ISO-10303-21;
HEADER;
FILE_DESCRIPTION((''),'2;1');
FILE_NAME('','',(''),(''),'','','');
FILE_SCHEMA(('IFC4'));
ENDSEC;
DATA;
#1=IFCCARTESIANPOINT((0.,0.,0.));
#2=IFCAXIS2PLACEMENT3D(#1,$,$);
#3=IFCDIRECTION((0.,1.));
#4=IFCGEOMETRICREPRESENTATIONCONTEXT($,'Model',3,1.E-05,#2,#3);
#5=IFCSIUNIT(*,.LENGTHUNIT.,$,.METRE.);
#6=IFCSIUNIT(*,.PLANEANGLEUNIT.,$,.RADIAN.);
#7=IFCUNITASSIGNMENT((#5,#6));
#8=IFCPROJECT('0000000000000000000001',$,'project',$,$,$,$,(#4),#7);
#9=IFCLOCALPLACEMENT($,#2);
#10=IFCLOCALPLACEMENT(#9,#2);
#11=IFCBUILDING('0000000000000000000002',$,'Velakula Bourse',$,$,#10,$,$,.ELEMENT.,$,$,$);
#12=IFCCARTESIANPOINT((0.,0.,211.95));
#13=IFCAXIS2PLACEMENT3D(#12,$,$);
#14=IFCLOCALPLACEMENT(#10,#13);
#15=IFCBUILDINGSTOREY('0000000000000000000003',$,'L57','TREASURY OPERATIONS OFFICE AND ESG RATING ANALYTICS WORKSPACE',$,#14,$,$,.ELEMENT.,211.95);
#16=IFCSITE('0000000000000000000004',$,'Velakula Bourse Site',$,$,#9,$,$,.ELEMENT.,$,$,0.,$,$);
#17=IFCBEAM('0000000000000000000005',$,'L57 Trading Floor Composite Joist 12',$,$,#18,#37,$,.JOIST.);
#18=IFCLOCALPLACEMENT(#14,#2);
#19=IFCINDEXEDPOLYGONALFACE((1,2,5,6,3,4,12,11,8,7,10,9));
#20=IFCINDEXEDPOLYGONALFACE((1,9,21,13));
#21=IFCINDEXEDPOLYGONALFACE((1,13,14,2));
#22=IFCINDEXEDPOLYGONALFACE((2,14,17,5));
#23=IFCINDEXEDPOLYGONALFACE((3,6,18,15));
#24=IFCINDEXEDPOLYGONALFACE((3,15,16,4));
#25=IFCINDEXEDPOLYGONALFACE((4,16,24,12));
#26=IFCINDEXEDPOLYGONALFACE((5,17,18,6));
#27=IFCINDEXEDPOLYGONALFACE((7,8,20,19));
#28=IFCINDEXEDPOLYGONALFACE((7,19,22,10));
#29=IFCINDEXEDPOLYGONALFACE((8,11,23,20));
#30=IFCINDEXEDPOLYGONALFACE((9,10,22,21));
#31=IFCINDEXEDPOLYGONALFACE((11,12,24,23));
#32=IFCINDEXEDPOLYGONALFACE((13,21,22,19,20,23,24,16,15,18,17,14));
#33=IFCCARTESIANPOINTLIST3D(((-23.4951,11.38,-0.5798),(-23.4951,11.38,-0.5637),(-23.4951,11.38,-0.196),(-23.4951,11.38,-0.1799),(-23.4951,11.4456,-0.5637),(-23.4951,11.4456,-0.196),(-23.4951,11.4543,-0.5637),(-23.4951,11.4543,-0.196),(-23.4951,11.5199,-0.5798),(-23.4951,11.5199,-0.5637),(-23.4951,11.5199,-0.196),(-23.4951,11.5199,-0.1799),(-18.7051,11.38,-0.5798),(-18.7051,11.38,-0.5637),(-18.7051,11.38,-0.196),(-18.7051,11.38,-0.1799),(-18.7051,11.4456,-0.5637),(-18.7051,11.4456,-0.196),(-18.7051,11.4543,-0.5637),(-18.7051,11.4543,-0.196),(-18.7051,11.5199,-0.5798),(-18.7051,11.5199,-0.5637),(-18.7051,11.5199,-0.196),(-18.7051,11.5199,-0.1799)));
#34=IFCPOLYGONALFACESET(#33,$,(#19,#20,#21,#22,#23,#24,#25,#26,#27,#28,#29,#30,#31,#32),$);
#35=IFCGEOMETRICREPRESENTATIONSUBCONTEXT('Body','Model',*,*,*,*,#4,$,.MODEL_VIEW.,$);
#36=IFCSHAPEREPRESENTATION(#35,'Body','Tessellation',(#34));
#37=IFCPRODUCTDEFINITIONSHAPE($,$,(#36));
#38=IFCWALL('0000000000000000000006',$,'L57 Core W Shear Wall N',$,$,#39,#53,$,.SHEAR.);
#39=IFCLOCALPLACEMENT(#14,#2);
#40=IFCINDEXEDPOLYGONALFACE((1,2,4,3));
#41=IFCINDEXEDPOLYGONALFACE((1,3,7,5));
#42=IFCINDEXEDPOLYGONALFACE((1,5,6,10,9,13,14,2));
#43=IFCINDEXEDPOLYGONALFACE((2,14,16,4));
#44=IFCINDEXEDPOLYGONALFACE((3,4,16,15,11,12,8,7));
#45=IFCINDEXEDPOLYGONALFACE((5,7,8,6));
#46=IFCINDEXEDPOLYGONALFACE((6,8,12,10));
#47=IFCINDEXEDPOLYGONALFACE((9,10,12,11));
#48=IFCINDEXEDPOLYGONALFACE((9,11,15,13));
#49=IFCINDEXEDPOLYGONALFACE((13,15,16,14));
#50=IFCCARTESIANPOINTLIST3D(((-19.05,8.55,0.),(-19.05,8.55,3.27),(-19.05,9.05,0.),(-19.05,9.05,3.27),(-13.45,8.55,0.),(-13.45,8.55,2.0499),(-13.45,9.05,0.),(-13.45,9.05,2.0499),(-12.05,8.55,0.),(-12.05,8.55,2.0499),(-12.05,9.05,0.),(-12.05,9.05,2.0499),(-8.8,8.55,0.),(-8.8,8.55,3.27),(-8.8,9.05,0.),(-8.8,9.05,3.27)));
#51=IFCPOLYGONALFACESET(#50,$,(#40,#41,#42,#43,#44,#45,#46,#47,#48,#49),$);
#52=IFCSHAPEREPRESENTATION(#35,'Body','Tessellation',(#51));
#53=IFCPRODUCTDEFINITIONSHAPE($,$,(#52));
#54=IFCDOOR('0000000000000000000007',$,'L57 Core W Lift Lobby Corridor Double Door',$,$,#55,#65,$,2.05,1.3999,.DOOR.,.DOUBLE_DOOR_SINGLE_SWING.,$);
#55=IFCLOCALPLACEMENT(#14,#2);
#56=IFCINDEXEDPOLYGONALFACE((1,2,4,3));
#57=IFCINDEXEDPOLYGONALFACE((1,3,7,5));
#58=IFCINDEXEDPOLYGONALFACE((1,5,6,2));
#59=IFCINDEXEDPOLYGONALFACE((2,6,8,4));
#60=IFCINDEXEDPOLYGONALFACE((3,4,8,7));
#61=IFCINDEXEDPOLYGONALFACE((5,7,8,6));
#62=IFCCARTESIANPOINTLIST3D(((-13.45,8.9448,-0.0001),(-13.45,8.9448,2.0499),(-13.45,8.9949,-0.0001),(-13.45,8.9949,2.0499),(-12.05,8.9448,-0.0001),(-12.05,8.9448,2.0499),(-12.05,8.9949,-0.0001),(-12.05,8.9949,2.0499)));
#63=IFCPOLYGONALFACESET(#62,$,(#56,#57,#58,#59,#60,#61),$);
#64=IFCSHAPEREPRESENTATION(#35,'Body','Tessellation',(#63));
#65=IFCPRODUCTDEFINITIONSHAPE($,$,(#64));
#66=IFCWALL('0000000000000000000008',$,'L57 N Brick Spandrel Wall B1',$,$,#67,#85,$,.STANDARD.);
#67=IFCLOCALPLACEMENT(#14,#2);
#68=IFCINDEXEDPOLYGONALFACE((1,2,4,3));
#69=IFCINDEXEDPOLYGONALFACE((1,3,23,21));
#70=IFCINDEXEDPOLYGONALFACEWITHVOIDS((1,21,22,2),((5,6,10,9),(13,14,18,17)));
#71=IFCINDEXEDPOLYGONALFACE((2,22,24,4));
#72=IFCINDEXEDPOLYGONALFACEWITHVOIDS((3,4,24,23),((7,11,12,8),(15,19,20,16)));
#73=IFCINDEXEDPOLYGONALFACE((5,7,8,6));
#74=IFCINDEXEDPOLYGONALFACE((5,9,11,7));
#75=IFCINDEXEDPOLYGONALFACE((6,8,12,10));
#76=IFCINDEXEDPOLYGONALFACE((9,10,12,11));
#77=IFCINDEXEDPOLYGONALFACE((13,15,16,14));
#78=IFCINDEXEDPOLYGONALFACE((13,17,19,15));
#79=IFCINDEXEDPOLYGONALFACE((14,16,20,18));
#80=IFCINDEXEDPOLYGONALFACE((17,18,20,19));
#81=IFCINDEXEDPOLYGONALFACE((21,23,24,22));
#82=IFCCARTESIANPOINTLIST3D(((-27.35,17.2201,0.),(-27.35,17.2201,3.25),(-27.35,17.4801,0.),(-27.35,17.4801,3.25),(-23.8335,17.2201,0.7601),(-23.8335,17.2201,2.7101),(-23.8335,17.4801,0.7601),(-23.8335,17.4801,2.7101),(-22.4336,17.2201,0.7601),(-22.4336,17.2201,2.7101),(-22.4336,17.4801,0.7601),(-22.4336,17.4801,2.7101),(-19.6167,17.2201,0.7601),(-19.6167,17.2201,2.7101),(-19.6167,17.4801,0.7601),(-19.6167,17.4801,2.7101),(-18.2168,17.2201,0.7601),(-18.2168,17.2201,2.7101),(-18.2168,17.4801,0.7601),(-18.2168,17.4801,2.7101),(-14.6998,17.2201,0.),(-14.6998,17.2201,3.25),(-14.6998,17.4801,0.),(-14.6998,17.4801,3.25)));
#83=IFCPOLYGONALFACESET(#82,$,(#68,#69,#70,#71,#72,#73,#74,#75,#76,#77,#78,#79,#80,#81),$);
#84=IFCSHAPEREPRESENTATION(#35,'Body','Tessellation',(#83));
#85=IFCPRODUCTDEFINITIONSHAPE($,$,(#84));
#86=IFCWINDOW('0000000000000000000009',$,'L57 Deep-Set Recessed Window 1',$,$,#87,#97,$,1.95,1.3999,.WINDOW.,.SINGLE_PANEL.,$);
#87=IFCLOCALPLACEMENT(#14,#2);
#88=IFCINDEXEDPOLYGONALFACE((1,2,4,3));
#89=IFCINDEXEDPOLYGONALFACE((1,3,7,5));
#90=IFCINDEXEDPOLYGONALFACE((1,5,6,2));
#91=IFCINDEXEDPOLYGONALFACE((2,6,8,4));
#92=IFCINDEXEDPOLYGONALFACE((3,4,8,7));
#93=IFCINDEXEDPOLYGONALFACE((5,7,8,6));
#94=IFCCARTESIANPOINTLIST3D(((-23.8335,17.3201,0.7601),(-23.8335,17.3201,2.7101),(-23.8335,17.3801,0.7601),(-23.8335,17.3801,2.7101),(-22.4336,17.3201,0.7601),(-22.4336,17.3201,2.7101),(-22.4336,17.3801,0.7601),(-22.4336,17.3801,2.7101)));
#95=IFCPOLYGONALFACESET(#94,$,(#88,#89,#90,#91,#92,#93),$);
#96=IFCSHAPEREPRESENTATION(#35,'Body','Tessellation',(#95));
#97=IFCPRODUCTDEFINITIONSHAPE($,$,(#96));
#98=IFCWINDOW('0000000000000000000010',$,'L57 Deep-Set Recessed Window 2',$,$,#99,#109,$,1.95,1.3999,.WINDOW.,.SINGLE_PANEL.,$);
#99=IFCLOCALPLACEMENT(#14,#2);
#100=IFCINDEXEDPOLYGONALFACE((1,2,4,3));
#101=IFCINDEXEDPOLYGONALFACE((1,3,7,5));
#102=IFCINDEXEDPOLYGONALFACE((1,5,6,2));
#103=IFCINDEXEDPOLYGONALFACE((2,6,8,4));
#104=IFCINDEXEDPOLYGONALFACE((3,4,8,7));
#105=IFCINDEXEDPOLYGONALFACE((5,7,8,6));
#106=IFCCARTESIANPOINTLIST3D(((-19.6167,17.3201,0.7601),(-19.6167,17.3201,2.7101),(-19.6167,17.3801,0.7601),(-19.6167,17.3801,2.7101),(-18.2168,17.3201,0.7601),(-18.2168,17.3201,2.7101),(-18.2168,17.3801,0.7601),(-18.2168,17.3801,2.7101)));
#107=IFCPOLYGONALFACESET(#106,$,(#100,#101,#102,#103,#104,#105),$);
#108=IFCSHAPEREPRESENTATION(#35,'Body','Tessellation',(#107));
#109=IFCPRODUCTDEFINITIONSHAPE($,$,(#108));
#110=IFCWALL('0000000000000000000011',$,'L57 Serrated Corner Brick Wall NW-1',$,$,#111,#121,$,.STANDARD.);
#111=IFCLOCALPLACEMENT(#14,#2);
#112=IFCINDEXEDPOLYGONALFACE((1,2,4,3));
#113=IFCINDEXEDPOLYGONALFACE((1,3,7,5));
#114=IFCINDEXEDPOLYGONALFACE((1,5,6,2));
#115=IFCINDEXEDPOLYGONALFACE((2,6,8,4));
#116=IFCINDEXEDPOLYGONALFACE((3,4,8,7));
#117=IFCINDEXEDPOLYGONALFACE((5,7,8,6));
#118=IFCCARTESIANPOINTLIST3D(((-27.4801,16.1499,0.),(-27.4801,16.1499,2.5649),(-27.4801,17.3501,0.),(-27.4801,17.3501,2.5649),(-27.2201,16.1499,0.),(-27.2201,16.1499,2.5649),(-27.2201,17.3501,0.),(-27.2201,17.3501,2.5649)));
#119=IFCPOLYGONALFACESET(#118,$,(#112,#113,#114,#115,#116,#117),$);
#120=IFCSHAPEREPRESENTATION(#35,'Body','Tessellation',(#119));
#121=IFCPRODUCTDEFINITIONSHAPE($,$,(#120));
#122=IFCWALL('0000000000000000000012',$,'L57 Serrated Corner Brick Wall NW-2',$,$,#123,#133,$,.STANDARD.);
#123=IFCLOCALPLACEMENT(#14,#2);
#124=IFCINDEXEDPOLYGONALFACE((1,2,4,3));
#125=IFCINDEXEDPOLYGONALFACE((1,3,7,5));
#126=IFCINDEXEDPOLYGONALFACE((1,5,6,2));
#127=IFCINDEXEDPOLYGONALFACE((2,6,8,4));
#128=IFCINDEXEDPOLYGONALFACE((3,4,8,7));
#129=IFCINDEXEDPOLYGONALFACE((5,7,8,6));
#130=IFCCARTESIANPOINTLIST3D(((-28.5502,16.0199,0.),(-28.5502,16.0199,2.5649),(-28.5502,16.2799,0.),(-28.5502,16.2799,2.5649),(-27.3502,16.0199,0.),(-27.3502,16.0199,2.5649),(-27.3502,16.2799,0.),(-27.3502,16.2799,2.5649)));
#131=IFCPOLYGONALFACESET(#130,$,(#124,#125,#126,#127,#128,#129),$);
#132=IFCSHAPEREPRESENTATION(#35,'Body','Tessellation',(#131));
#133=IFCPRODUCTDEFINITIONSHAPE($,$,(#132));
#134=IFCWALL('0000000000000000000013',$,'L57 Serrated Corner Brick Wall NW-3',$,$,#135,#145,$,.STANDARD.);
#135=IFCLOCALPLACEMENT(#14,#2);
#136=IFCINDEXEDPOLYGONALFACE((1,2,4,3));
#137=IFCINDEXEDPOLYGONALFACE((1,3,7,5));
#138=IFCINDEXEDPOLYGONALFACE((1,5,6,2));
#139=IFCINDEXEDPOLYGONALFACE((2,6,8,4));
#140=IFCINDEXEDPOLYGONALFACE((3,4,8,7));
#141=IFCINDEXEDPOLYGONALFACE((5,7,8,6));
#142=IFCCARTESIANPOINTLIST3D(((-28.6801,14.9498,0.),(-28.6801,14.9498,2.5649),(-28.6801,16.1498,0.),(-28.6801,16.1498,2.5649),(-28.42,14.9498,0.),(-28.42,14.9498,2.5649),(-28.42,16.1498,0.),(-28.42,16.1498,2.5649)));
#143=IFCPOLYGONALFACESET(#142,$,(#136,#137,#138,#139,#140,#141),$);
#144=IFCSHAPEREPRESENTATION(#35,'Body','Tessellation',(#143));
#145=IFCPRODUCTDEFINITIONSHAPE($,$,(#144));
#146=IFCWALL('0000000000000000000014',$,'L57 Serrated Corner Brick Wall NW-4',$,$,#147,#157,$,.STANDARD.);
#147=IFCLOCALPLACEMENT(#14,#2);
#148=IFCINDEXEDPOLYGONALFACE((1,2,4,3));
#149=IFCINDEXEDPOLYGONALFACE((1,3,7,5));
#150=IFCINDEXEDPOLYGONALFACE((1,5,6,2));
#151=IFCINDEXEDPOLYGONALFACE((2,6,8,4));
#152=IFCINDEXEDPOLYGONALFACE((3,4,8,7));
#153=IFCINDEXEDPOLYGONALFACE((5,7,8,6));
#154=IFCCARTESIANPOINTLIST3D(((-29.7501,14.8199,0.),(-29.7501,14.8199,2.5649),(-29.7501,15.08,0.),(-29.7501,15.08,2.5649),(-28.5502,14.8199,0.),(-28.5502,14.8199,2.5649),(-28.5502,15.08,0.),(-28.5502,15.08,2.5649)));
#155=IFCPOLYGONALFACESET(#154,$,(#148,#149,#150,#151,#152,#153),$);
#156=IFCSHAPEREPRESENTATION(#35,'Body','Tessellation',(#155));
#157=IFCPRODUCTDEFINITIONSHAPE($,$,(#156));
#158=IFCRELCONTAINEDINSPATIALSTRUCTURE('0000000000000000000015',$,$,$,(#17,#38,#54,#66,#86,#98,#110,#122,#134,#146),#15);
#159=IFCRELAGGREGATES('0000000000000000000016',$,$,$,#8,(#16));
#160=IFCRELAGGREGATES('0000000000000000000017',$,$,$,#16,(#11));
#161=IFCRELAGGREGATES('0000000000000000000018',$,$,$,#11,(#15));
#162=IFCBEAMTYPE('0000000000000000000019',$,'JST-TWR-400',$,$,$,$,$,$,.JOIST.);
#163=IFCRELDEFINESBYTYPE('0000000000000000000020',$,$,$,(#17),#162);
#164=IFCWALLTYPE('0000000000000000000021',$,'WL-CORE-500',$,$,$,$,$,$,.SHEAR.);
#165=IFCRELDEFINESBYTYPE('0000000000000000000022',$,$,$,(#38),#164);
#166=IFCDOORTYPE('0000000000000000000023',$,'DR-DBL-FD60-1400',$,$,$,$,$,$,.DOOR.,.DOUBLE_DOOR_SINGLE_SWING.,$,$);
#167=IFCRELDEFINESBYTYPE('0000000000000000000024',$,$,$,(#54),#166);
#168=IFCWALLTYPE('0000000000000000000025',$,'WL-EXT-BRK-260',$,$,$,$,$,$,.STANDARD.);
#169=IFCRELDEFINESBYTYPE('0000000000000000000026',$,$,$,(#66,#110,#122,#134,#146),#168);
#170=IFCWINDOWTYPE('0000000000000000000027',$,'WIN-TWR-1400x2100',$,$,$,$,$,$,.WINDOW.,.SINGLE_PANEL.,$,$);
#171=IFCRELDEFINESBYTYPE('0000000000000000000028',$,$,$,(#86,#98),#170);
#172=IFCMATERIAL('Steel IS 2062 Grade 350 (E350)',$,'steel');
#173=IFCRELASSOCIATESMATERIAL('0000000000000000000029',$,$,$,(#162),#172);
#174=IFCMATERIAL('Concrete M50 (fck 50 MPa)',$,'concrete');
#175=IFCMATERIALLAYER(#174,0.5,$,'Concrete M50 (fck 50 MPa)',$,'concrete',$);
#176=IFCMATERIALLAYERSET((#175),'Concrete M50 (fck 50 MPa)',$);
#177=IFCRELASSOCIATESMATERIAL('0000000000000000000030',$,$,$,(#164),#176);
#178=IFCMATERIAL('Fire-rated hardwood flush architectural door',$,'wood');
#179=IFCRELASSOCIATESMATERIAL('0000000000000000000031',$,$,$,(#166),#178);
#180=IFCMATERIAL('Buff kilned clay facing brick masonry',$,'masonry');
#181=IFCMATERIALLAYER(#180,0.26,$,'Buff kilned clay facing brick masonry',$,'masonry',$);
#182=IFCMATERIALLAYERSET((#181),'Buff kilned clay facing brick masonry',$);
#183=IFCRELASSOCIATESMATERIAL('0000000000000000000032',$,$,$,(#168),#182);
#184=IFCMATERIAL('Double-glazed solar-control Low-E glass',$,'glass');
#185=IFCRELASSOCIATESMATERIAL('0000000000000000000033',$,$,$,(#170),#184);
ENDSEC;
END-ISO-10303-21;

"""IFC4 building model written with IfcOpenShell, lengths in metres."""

from ifc_helpers import new_model, si_unit, direction, frame, frame_2d, origin, origin_2d, place, context, subcontext, project, spatial, rectangle, i_section, extrude, material, layer, layer_set, material_profile, profile_set, type_object, element, fill, save


model = new_model("IFC4")

# Units and contexts
model_context = context("Model", 3, precision=1e-05, world=origin(), true_north=direction((0.0, 1.0)))
body_context = subcontext(model_context, "Body", "Model", "MODEL_VIEW")
ifc_project = project(units=[si_unit("LENGTHUNIT", "METRE"), si_unit("PLANEANGLEUNIT", "RADIAN")], contexts=[model_context])

# Site, building, storey
site_placement = place(None, origin())
site = spatial("IfcSite", under=ifc_project, at=site_placement, Name="Velakula Bourse Site", CompositionType="ELEMENT", RefElevation=0.0)
building_placement = place(site_placement, origin())
building = spatial("IfcBuilding", under=site, at=building_placement, Name="Velakula Bourse", CompositionType="ELEMENT")
storey_placement = place(building_placement, frame((0.0, 0.0, 211.95)))
storey = spatial("IfcBuildingStorey", under=building, at=storey_placement, Name="L57", Description="TREASURY OPERATIONS OFFICE AND ESG RATING ANALYTICS WORKSPACE", CompositionType="ELEMENT", Elevation=211.95)

# Shared definitions
ifc_material_1 = material(Name="Steel IS 2062 Grade 350 (E350)", Category="steel")

# Beam
ifc_material_profile_1 = material_profile(ifc_material_1, i_section(OverallWidth=0.1399, OverallDepth=0.3999, WebThickness=0.0088, FlangeThickness=0.0161, at=origin_2d()), Name="Steel IS 2062 Grade 350 (E350)")
ifc_profile_set_1 = profile_set([ifc_material_profile_1], Name="Steel IS 2062 Grade 350 (E350)")
beam_type_1 = type_object("IfcBeamType", Name="JST-TWR-400", PredefinedType="JOIST", material=ifc_profile_set_1)
beam_1_placement = place(storey_placement, frame((-23.4951, 11.45, -0.3799), z_axis=(1.0, 0.0, 0.0), x_axis=(0.0, 1.0, 0.0)))
element("IfcBeam", 1, at=beam_1_placement, inside=storey, type_object=beam_type_1, Name="L57 Trading Floor Composite Joist 12", PredefinedType="JOIST", context=body_context, shape_type="SweptSolid", body=[
    extrude(i_section(OverallWidth=0.1399, OverallDepth=0.3999, WebThickness=0.0088, FlangeThickness=0.0161, at=origin_2d()), origin(), (0.0, 0.0, 1.0), 4.79),
])

# Wall, opening, door
ifc_material_2 = material(Name="Concrete M50 (fck 50 MPa)", Category="concrete")
ifc_layer_1 = layer(ifc_material_2, 0.5, Name="Concrete M50 (fck 50 MPa)", Category="concrete")
ifc_layer_set_1 = layer_set([ifc_layer_1], Name="Concrete M50 (fck 50 MPa)")
wall_type_1 = type_object("IfcWallType", Name="WL-CORE-500", PredefinedType="SHEAR", material=ifc_layer_set_1)
wall_1_placement = place(storey_placement, frame((-19.05, 8.8, 0.0), z_axis=(0.0, 0.0, 1.0), x_axis=(1.0, 0.0, 0.0)))
wall_1 = element("IfcWall", 2, at=wall_1_placement, inside=storey, type_object=wall_type_1, Name="L57 Core W Shear Wall N", PredefinedType="SHEAR", context=body_context, shape_type="SweptSolid", body=[
    extrude(rectangle(XDim=10.25, YDim=0.5, at=frame_2d((5.125, 0.0))), origin(), (0.0, 0.0, 1.0), 3.27),
])
opening_1_placement = place(wall_1_placement, frame((5.6001, 0.0, 0.0)))
opening_1 = element("IfcOpeningElement", 3, at=opening_1_placement, cuts=wall_1, PredefinedType="OPENING", context=body_context, shape_type="SweptSolid", body=[
    extrude(rectangle(XDim=1.3999, YDim=2.05, at=frame_2d((0.7, 1.0249))), frame((0.0, 0.26, 0.0), z_axis=(0.0, -1.0, 0.0), x_axis=(1.0, 0.0, 0.0)), (0.0, 0.0, 1.0), 0.52),
])
ifc_material_3 = material(Name="Fire-rated hardwood flush architectural door", Category="wood")
door_type_1 = type_object("IfcDoorType", Name="DR-DBL-FD60-1400", OperationType="DOUBLE_DOOR_SINGLE_SWING", PredefinedType="DOOR", material=ifc_material_3)
door_1_placement = place(opening_1_placement, origin())
door_1 = element("IfcDoor", 4, at=door_1_placement, inside=storey, type_object=door_type_1, Name="L57 Core W Lift Lobby Corridor Double Door", OperationType="DOUBLE_DOOR_SINGLE_SWING", OverallHeight=2.05, OverallWidth=1.3999, PredefinedType="DOOR", context=body_context, shape_type="SweptSolid", body=[
    extrude(rectangle(XDim=1.3999, YDim=2.05, at=frame_2d((0.7, 1.0249))), frame((0.0, 0.1948, 0.0), z_axis=(0.0, -1.0, 0.0), x_axis=(1.0, 0.0, 0.0)), (0.0, 0.0, 1.0), 0.05),
])
fill(opening_1, door_1)

# Wall, openings, windows
ifc_material_4 = material(Name="Buff kilned clay facing brick masonry", Category="masonry")
ifc_layer_2 = layer(ifc_material_4, 0.26, Name="Buff kilned clay facing brick masonry", Category="masonry")
ifc_layer_set_2 = layer_set([ifc_layer_2], Name="Buff kilned clay facing brick masonry")
wall_type_2 = type_object("IfcWallType", Name="WL-EXT-BRK-260", PredefinedType="STANDARD", material=ifc_layer_set_2)
wall_2_placement = place(storey_placement, frame((-27.3501, 17.3501, 0.0), z_axis=(0.0, 0.0, 1.0), x_axis=(1.0, 0.0, 0.0)))
wall_2 = element("IfcWall", 5, at=wall_2_placement, inside=storey, type_object=wall_type_2, Name="L57 N Brick Spandrel Wall B1", PredefinedType="STANDARD", context=body_context, shape_type="SweptSolid", body=[
    extrude(rectangle(XDim=12.6501, YDim=0.26, at=frame_2d((6.3252, 0.0))), origin(), (0.0, 0.0, 1.0), 3.25),
])
opening_2_placement = place(wall_2_placement, frame((3.5166, 0.0, 0.76)))
opening_2 = element("IfcOpeningElement", 6, at=opening_2_placement, cuts=wall_2, PredefinedType="OPENING", context=body_context, shape_type="SweptSolid", body=[
    extrude(rectangle(XDim=1.3999, YDim=1.95, at=frame_2d((0.7, 0.9751))), frame((0.0, 0.1399, 0.0), z_axis=(0.0, -1.0, 0.0), x_axis=(1.0, 0.0, 0.0)), (0.0, 0.0, 1.0), 0.28),
])
opening_3_placement = place(wall_2_placement, frame((7.7334, 0.0, 0.76)))
opening_3 = element("IfcOpeningElement", 7, at=opening_3_placement, cuts=wall_2, PredefinedType="OPENING", context=body_context, shape_type="SweptSolid", body=[
    extrude(rectangle(XDim=1.3999, YDim=1.95, at=frame_2d((0.7, 0.9751))), frame((0.0, 0.1399, 0.0), z_axis=(0.0, -1.0, 0.0), x_axis=(1.0, 0.0, 0.0)), (0.0, 0.0, 1.0), 0.28),
])
ifc_material_5 = material(Name="Double-glazed solar-control Low-E glass", Category="glass")
window_type = type_object("IfcWindowType", Name="WIN-TWR-1400x2100", PartitioningType="SINGLE_PANEL", PredefinedType="WINDOW", material=ifc_material_5)
window_1_placement = place(opening_2_placement, origin())
window_1 = element("IfcWindow", 8, at=window_1_placement, inside=storey, type_object=window_type, Name="L57 Deep-Set Recessed Window 1", OverallHeight=1.95, OverallWidth=1.3999, PartitioningType="SINGLE_PANEL", PredefinedType="WINDOW", context=body_context, shape_type="SweptSolid", body=[
    extrude(rectangle(XDim=1.3999, YDim=1.95, at=frame_2d((0.7, 0.9751))), frame((0.0, 0.03, 0.0), z_axis=(0.0, -1.0, 0.0), x_axis=(1.0, 0.0, 0.0)), (0.0, 0.0, 1.0), 0.0601),
])
fill(opening_2, window_1)
window_2_placement = place(opening_3_placement, origin())
window_2 = element("IfcWindow", 9, at=window_2_placement, inside=storey, type_object=window_type, Name="L57 Deep-Set Recessed Window 2", OverallHeight=1.95, OverallWidth=1.3999, PartitioningType="SINGLE_PANEL", PredefinedType="WINDOW", context=body_context, shape_type="SweptSolid", body=[
    extrude(rectangle(XDim=1.3999, YDim=1.95, at=frame_2d((0.7, 0.9751))), frame((0.0, 0.03, 0.0), z_axis=(0.0, -1.0, 0.0), x_axis=(1.0, 0.0, 0.0)), (0.0, 0.0, 1.0), 0.0601),
])
fill(opening_3, window_2)

# Walls
wall_3_placement = place(storey_placement, frame((-27.3501, 17.3501, 0.0), z_axis=(0.0, 0.0, 1.0), x_axis=(0.0, -1.0, 0.0)))
element("IfcWall", 10, at=wall_3_placement, inside=storey, type_object=wall_type_2, Name="L57 Serrated Corner Brick Wall NW-1", PredefinedType="STANDARD", context=body_context, shape_type="SweptSolid", body=[
    extrude(rectangle(XDim=1.2002, YDim=0.26, at=frame_2d((0.6001, 0.0))), origin(), (0.0, 0.0, 1.0), 2.5649),
])
for number, where, z_axis, x_axis, name in (
    (11, (-27.3501, 16.1499, 0.0), (0.0, 0.0, 1.0), (-1.0, 0.0, 0.0), "L57 Serrated Corner Brick Wall NW-2"),
    (12, (-28.55, 16.1499, 0.0), (0.0, 0.0, 1.0), (0.0, -1.0, 0.0), "L57 Serrated Corner Brick Wall NW-3"),
    (13, (-28.55, 14.95, 0.0), (0.0, 0.0, 1.0), (-1.0, 0.0, 0.0), "L57 Serrated Corner Brick Wall NW-4"),
):
    element("IfcWall", number, at=place(storey_placement, frame(where, z_axis=z_axis, x_axis=x_axis)), inside=storey, type_object=wall_type_2, Name=name, PredefinedType="STANDARD", context=body_context, shape_type="SweptSolid", body=[
        extrude(rectangle(XDim=1.2, YDim=0.26, at=frame_2d((0.6001, 0.0))), origin(), (0.0, 0.0, 1.0), 2.5649),
    ])

save(model, "model.ifc")
